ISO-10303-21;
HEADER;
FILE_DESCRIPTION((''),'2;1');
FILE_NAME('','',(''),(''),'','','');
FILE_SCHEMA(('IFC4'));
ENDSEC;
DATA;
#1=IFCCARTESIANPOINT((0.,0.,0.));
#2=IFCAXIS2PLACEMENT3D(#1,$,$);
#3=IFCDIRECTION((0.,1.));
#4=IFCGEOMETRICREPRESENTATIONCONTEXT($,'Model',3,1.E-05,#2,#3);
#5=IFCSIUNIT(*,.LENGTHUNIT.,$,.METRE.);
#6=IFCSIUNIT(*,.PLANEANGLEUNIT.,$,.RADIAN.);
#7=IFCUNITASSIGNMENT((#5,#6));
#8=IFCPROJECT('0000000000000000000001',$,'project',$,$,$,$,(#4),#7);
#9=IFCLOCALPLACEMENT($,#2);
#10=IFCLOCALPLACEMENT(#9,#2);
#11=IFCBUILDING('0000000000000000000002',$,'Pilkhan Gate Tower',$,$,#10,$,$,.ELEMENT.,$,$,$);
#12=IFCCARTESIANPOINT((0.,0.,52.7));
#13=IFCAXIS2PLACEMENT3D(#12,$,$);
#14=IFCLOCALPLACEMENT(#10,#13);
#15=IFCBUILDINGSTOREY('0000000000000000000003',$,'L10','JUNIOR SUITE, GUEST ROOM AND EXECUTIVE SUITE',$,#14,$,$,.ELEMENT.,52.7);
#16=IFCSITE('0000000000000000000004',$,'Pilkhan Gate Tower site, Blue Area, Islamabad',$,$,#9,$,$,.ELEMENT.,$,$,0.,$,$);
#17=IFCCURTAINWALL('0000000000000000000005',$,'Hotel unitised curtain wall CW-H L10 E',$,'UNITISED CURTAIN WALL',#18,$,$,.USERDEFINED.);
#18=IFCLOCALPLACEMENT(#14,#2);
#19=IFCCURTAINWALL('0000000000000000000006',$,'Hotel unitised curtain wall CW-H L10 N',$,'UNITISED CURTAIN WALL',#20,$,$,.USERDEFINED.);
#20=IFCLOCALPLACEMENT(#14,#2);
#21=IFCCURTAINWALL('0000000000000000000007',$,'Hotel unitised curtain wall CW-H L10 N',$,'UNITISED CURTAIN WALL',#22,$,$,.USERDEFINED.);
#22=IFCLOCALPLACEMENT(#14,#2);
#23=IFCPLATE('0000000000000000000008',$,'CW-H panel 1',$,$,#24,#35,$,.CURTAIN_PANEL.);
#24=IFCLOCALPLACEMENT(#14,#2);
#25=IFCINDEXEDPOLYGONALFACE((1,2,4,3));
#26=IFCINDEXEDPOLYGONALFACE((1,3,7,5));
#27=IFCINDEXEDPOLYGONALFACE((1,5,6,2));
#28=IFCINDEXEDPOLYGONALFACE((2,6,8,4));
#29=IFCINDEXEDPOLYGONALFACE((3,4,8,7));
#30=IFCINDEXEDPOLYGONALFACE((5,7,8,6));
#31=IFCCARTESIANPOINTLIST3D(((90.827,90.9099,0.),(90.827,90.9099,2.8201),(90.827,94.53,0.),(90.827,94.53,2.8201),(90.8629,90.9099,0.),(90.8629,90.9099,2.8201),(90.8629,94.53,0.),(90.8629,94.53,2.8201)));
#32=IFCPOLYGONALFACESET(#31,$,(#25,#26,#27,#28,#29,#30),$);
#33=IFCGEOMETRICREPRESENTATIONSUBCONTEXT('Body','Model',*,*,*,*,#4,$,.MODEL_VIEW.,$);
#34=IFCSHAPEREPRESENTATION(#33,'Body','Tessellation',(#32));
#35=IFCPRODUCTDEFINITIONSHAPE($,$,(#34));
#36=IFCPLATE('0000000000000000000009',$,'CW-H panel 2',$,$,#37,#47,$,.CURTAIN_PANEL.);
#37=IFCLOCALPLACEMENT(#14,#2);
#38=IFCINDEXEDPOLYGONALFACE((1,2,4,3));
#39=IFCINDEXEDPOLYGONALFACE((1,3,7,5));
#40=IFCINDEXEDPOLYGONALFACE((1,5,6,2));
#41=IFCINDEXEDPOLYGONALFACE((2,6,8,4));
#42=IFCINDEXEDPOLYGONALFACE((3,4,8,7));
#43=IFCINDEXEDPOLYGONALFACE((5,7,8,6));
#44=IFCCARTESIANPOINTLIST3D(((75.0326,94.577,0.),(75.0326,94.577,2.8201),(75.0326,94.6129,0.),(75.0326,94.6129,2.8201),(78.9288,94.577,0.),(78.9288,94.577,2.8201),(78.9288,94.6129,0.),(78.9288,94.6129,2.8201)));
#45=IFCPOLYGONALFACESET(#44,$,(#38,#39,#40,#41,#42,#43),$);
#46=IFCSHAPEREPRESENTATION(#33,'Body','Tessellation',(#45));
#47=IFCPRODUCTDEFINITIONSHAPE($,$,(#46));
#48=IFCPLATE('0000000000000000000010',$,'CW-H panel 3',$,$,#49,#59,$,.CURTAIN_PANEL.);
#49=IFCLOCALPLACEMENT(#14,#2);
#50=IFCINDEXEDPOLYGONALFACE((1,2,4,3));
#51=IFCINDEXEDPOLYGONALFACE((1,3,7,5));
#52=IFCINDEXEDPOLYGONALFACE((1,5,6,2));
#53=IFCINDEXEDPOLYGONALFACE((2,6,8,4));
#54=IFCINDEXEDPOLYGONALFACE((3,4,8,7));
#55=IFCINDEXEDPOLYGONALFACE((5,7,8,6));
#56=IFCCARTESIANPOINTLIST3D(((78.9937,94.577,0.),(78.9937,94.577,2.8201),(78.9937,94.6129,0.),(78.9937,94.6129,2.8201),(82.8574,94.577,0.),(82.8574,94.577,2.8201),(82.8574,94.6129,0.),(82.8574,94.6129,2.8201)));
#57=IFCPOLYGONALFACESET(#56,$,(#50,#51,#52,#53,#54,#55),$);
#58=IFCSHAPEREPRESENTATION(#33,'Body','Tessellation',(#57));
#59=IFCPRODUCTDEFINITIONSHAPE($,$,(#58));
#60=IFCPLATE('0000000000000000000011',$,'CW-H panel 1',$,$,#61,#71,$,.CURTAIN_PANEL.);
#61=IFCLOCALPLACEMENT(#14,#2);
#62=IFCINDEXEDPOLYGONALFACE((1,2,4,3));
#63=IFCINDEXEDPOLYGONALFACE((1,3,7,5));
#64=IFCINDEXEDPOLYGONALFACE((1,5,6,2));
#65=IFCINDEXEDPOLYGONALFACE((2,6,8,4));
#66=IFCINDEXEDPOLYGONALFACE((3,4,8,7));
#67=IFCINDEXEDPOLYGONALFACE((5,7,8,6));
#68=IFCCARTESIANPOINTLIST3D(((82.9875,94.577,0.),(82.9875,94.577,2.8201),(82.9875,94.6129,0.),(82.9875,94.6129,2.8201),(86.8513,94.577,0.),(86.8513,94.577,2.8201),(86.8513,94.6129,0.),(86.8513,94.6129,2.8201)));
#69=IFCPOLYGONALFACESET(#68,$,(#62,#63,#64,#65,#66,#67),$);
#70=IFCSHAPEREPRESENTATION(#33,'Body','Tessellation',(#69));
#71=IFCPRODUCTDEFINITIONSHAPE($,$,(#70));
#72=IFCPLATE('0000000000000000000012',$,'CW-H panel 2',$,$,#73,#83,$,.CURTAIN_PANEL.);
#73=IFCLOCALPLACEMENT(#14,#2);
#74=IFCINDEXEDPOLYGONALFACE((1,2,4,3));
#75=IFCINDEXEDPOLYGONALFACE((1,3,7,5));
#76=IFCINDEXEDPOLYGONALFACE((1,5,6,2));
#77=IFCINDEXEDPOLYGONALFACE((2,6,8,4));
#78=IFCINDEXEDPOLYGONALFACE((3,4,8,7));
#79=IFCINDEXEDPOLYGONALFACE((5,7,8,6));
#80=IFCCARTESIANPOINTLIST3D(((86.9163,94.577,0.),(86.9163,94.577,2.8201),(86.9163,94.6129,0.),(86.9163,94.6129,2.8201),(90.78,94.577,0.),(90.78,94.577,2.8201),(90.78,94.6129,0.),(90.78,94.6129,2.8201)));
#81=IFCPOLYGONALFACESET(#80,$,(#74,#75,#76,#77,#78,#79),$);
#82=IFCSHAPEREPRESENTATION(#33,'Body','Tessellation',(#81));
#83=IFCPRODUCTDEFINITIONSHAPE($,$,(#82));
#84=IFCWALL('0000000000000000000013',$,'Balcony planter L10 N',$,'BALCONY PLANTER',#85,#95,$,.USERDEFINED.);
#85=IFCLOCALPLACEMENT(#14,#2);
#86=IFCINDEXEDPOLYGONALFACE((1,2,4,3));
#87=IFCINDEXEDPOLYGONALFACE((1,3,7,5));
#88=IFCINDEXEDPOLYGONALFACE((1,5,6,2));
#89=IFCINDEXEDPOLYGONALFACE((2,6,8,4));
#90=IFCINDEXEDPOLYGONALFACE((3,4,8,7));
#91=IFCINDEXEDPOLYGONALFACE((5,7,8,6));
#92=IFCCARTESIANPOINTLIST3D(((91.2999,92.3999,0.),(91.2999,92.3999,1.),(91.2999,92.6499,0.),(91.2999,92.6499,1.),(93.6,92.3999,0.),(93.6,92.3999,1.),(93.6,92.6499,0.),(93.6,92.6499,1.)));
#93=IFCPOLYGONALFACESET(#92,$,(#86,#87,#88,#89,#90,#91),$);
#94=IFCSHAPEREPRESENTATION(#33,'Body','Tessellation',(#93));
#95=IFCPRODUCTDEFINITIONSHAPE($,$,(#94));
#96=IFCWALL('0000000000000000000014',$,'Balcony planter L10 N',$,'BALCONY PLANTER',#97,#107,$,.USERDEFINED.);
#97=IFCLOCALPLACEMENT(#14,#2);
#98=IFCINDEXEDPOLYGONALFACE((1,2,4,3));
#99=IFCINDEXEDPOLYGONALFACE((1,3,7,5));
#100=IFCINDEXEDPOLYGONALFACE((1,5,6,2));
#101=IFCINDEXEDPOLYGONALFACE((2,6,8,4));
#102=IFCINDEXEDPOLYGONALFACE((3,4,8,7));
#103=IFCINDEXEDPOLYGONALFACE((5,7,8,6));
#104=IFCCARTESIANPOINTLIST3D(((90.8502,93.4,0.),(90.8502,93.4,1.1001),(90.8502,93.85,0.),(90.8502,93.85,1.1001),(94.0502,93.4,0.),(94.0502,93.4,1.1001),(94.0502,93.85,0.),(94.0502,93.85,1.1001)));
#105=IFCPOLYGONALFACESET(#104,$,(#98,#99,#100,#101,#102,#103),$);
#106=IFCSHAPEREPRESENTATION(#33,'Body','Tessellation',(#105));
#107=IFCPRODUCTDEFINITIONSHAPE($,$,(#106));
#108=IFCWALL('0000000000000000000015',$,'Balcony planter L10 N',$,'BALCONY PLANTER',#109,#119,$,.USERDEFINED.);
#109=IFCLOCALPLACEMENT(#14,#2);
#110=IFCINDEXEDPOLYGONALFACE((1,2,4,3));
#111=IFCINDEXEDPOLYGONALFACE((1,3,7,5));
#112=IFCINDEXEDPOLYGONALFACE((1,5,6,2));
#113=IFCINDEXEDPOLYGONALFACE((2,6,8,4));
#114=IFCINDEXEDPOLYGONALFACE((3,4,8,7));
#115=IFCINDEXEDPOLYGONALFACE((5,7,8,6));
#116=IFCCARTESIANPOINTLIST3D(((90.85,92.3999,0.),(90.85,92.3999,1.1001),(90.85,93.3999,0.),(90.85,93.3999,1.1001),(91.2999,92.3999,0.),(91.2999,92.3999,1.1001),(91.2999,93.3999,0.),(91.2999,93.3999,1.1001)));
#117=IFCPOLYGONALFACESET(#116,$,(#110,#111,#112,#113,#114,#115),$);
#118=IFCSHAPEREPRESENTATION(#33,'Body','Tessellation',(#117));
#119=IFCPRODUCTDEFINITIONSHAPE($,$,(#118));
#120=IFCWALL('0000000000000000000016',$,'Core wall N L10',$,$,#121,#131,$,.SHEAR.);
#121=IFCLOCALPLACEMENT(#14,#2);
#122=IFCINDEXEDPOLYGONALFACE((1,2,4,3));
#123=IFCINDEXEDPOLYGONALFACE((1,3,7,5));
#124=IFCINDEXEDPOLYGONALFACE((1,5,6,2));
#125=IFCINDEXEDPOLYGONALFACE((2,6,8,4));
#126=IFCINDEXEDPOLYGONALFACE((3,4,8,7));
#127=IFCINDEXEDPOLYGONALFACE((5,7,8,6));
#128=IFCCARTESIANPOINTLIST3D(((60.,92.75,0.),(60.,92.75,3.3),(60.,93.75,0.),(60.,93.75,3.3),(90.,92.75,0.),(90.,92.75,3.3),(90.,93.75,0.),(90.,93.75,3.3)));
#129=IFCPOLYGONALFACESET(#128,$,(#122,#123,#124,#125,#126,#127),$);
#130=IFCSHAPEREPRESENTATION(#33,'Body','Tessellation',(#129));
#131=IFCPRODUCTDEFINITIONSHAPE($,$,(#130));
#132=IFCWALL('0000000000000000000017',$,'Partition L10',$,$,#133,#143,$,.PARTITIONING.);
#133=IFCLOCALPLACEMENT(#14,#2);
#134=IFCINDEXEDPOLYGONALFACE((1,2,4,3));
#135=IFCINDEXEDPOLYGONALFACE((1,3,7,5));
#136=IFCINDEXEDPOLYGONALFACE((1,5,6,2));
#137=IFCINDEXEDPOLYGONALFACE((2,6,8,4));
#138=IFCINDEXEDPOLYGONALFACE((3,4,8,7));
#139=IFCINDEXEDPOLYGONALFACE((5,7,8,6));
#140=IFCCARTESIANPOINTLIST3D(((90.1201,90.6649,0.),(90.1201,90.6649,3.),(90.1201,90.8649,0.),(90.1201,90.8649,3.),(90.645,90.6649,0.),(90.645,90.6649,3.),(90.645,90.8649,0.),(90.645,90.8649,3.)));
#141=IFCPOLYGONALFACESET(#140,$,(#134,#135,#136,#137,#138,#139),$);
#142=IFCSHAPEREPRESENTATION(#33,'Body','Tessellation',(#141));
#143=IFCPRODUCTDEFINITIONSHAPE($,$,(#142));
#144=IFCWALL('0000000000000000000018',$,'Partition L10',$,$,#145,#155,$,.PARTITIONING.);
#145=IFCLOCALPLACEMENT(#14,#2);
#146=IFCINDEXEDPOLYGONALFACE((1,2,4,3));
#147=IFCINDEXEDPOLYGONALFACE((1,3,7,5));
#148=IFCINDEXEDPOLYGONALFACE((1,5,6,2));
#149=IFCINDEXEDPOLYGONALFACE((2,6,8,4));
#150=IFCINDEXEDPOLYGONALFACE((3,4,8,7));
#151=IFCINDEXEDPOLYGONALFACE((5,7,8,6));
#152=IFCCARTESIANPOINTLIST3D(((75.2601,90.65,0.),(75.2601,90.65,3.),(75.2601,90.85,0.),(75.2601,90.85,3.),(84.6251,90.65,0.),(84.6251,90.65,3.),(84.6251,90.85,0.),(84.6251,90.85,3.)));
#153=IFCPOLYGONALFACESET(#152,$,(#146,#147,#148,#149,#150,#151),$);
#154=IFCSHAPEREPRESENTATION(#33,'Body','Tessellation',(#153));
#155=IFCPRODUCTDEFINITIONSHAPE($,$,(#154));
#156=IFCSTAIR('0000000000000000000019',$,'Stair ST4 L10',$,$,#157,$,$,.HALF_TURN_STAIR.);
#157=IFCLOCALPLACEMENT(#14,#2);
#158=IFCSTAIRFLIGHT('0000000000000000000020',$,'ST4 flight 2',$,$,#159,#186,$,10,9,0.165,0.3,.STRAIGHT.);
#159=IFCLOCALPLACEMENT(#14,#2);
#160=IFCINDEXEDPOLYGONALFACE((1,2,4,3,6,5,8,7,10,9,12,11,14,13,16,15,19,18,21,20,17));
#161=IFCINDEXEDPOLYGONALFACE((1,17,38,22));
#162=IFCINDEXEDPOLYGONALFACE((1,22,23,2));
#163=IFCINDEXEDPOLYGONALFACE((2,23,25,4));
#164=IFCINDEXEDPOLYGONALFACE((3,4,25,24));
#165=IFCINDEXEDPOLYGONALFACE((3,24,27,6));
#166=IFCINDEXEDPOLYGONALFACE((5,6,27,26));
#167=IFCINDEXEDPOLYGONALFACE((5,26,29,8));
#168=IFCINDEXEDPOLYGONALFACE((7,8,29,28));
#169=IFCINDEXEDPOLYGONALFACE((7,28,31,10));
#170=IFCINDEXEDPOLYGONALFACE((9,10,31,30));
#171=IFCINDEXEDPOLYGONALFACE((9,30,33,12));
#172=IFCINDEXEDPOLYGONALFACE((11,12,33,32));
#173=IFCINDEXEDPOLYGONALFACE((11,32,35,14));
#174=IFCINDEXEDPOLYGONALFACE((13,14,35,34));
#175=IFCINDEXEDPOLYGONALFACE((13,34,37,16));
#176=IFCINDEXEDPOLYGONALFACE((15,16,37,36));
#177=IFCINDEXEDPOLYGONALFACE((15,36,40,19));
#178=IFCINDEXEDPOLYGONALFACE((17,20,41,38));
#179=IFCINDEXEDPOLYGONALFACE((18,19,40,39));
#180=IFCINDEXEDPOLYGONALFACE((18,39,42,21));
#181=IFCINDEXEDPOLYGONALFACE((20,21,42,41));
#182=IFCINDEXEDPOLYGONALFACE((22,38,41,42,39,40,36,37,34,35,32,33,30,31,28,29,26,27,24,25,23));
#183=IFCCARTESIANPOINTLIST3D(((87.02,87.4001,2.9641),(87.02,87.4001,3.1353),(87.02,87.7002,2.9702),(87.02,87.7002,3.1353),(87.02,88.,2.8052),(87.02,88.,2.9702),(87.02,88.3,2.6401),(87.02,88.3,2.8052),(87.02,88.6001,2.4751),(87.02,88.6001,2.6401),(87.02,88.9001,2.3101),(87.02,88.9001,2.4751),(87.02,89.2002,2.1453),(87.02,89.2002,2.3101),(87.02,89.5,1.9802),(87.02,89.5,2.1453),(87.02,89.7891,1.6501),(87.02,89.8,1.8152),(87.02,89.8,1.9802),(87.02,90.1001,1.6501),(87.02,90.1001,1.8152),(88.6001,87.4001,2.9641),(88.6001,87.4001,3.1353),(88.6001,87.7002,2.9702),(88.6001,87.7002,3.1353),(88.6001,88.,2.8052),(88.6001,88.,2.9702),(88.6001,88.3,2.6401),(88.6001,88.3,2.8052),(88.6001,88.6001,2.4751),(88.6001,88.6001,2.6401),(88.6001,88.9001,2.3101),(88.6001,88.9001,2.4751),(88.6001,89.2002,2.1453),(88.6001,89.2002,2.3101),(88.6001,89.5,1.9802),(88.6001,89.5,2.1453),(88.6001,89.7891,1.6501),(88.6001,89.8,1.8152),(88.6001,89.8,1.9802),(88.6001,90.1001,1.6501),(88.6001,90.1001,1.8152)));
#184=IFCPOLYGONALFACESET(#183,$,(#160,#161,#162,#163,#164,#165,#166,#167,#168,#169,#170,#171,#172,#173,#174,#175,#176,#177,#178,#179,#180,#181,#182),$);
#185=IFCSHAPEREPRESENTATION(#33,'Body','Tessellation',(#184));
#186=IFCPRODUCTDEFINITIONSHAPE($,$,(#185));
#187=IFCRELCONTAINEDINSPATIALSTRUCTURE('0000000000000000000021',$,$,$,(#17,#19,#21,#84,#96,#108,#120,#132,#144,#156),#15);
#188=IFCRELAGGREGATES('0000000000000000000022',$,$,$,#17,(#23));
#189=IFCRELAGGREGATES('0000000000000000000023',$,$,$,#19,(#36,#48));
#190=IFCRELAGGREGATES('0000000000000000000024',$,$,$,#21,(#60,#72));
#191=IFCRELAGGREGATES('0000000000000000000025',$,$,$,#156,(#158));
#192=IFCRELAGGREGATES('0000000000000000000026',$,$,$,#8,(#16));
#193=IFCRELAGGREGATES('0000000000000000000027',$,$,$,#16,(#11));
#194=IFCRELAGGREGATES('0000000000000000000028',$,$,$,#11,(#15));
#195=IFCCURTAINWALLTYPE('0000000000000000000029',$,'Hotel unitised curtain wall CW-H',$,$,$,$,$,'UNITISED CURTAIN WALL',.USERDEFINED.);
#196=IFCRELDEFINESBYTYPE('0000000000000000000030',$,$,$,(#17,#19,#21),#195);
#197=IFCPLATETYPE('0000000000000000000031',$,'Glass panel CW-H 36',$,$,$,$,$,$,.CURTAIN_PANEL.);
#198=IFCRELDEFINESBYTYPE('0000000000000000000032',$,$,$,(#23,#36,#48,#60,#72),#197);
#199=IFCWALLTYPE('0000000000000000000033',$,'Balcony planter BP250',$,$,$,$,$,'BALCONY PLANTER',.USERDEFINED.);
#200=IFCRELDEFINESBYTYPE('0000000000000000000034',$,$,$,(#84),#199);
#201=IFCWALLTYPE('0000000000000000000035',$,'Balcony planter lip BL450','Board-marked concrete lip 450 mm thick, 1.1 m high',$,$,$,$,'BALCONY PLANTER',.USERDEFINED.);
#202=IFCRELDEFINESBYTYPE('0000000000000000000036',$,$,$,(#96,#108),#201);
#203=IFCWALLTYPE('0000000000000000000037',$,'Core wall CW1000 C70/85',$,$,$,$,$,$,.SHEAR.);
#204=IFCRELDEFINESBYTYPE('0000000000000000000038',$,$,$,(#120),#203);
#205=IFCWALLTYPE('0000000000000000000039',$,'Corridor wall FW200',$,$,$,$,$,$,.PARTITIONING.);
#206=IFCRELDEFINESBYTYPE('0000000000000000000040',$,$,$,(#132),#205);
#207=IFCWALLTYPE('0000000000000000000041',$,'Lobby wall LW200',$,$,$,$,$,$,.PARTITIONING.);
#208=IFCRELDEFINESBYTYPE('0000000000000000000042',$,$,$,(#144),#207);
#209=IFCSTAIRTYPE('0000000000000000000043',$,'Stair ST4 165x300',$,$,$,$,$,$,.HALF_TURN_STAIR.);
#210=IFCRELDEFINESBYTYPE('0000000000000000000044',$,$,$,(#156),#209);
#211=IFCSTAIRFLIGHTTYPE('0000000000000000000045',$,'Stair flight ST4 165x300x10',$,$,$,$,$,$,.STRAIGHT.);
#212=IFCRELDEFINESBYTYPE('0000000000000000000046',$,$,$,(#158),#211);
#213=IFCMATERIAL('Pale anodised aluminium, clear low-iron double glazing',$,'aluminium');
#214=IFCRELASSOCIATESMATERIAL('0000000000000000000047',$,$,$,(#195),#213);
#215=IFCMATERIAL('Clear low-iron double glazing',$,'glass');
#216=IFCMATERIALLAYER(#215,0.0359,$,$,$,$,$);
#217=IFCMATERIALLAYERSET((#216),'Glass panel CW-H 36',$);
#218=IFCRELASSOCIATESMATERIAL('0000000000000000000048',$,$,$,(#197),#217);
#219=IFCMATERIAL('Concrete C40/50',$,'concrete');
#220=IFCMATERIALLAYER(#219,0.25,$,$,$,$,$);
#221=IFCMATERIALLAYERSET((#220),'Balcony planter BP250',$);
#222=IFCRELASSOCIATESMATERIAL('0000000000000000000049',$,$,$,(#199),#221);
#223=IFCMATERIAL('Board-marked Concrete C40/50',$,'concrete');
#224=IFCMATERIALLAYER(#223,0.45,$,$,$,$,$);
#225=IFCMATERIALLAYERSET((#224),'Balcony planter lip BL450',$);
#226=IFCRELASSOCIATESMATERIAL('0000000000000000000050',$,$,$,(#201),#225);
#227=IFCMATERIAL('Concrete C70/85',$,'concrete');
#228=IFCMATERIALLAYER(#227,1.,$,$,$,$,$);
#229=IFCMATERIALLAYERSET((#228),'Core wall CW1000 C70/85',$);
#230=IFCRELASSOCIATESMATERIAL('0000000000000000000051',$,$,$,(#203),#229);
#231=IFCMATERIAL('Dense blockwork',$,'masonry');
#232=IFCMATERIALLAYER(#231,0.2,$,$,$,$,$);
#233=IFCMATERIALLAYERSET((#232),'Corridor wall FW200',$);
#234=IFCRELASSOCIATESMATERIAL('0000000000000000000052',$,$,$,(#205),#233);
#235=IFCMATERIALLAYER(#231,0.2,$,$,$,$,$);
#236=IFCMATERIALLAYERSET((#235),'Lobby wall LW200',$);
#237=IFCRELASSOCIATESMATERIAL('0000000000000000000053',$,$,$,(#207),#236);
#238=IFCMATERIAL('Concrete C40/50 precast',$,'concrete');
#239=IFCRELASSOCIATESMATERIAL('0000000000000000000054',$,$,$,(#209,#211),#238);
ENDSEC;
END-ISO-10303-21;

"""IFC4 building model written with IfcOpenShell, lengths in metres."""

from ifc_helpers import new_model, si_unit, direction, frame, frame_2d, origin, origin_2d, place, context, subcontext, project, spatial, polyline, rectangle, outline, extrude, material, layer, layer_set, type_object, element, aggregate, save


model = new_model("IFC4")

# Units and contexts
model_context = context("Model", 3, precision=1e-05, world=origin(), true_north=direction((0.0, 1.0)))
body_context = subcontext(model_context, "Body", "Model", "MODEL_VIEW")
ifc_project = project(units=[si_unit("LENGTHUNIT", "METRE"), si_unit("PLANEANGLEUNIT", "RADIAN")], contexts=[model_context])

# Site, building, storey
site_placement = place(None, origin())
site = spatial("IfcSite", under=ifc_project, at=site_placement, Name="Pilkhan Gate Tower site, Blue Area, Islamabad", CompositionType="ELEMENT", RefElevation=0.0)
building_placement = place(site_placement, origin())
building = spatial("IfcBuilding", under=site, at=building_placement, Name="Pilkhan Gate Tower", CompositionType="ELEMENT")
storey_placement = place(building_placement, frame((0.0, 0.0, 52.7)))
storey = spatial("IfcBuildingStorey", under=building, at=storey_placement, Name="L10", Description="JUNIOR SUITE, GUEST ROOM AND EXECUTIVE SUITE", CompositionType="ELEMENT", Elevation=52.7)

# Curtain walls
ifc_material_1 = material(Name="Pale anodised aluminium, clear low-iron double glazing", Category="aluminium")
curtain_wall_type = type_object("IfcCurtainWallType", Name="Hotel unitised curtain wall CW-H", ElementType="UNITISED CURTAIN WALL", PredefinedType="USERDEFINED", material=ifc_material_1)
curtain_wall_1_placement = place(storey_placement, origin())
curtain_wall_1 = element("IfcCurtainWall", 1, at=curtain_wall_1_placement, inside=storey, type_object=curtain_wall_type, Name="Hotel unitised curtain wall CW-H L10 E", ObjectType="UNITISED CURTAIN WALL", PredefinedType="USERDEFINED")
curtain_wall_2_placement = place(storey_placement, origin())
curtain_wall_2 = element("IfcCurtainWall", 2, at=curtain_wall_2_placement, inside=storey, type_object=curtain_wall_type, Name="Hotel unitised curtain wall CW-H L10 N", ObjectType="UNITISED CURTAIN WALL", PredefinedType="USERDEFINED")
curtain_wall_3_placement = place(storey_placement, origin())
curtain_wall_3 = element("IfcCurtainWall", 3, at=curtain_wall_3_placement, inside=storey, type_object=curtain_wall_type, Name="Hotel unitised curtain wall CW-H L10 N", ObjectType="UNITISED CURTAIN WALL", PredefinedType="USERDEFINED")

# Plates
ifc_material_2 = material(Name="Clear low-iron double glazing", Category="glass")
ifc_layer_1 = layer(ifc_material_2, 0.0359)
ifc_layer_set_1 = layer_set([ifc_layer_1], Name="Glass panel CW-H 36")
plate_type = type_object("IfcPlateType", Name="Glass panel CW-H 36", PredefinedType="CURTAIN_PANEL", material=ifc_layer_set_1)
plate_1_placement = place(storey_placement, frame((90.845, 92.72, 0.0), z_axis=(0.0, 0.0, 1.0), x_axis=(0.0, 1.0, 0.0)))
plate_1 = element("IfcPlate", 4, at=plate_1_placement, type_object=plate_type, Name="CW-H panel 1", PredefinedType="CURTAIN_PANEL", context=body_context, shape_type="SweptSolid", body=[
    extrude(rectangle(XDim=3.6201, YDim=0.0359, at=origin_2d()), origin(), (0.0, 0.0, 1.0), 2.8201),
])
aggregate(curtain_wall_1, [plate_1])
plate_2_placement = place(storey_placement, frame((76.9807, 94.595, 0.0), z_axis=(0.0, 0.0, 1.0), x_axis=(1.0, 0.0, 0.0)))
plate_2 = element("IfcPlate", 5, at=plate_2_placement, type_object=plate_type, Name="CW-H panel 2", PredefinedType="CURTAIN_PANEL", context=body_context, shape_type="SweptSolid", body=[
    extrude(rectangle(XDim=3.8962, YDim=0.0359, at=origin_2d()), origin(), (0.0, 0.0, 1.0), 2.8201),
])
plate_3_placement = place(storey_placement, frame((80.9255, 94.595, 0.0), z_axis=(0.0, 0.0, 1.0), x_axis=(1.0, 0.0, 0.0)))
plate_3 = element("IfcPlate", 6, at=plate_3_placement, type_object=plate_type, Name="CW-H panel 3", PredefinedType="CURTAIN_PANEL", context=body_context, shape_type="SweptSolid", body=[
    extrude(rectangle(XDim=3.8638, YDim=0.0359, at=origin_2d()), origin(), (0.0, 0.0, 1.0), 2.8201),
])
aggregate(curtain_wall_2, [plate_2, plate_3])
plate_4_placement = place(storey_placement, frame((84.9194, 94.595, 0.0), z_axis=(0.0, 0.0, 1.0), x_axis=(1.0, 0.0, 0.0)))
plate_4 = element("IfcPlate", 7, at=plate_4_placement, type_object=plate_type, Name="CW-H panel 1", PredefinedType="CURTAIN_PANEL", context=body_context, shape_type="SweptSolid", body=[
    extrude(rectangle(XDim=3.8638, YDim=0.0359, at=origin_2d()), origin(), (0.0, 0.0, 1.0), 2.8201),
])
plate_5_placement = place(storey_placement, frame((88.8481, 94.595, 0.0), z_axis=(0.0, 0.0, 1.0), x_axis=(1.0, 0.0, 0.0)))
plate_5 = element("IfcPlate", 8, at=plate_5_placement, type_object=plate_type, Name="CW-H panel 2", PredefinedType="CURTAIN_PANEL", context=body_context, shape_type="SweptSolid", body=[
    extrude(rectangle(XDim=3.8638, YDim=0.0359, at=origin_2d()), origin(), (0.0, 0.0, 1.0), 2.8201),
])
aggregate(curtain_wall_3, [plate_4, plate_5])

# Walls
ifc_material_3 = material(Name="Concrete C40/50", Category="concrete")
ifc_layer_2 = layer(ifc_material_3, 0.25)
ifc_layer_set_2 = layer_set([ifc_layer_2], Name="Balcony planter BP250")
wall_type_1 = type_object("IfcWallType", Name="Balcony planter BP250", ElementType="BALCONY PLANTER", PredefinedType="USERDEFINED", material=ifc_layer_set_2)
wall_1_placement = place(storey_placement, frame((91.3, 92.5249, 0.0), z_axis=(0.0, 0.0, 1.0), x_axis=(1.0, 0.0, 0.0)))
element("IfcWall", 9, at=wall_1_placement, inside=storey, type_object=wall_type_1, Name="Balcony planter L10 N", ObjectType="BALCONY PLANTER", PredefinedType="USERDEFINED", context=body_context, shape_type="SweptSolid", body=[
    extrude(rectangle(XDim=2.3, YDim=0.25, at=frame_2d((1.1499, 0.0))), origin(), (0.0, 0.0, 1.0), 1.0),
])
ifc_material_4 = material(Name="Board-marked Concrete C40/50", Category="concrete")
ifc_layer_3 = layer(ifc_material_4, 0.45)
ifc_layer_set_3 = layer_set([ifc_layer_3], Name="Balcony planter lip BL450")
wall_type_2 = type_object("IfcWallType", Name="Balcony planter lip BL450", Description="Board-marked concrete lip 450 mm thick, 1.1 m high", ElementType="BALCONY PLANTER", PredefinedType="USERDEFINED", material=ifc_layer_set_3)
wall_2_placement = place(storey_placement, frame((90.8501, 93.625, 0.0), z_axis=(0.0, 0.0, 1.0), x_axis=(1.0, 0.0, 0.0)))
element("IfcWall", 10, at=wall_2_placement, inside=storey, type_object=wall_type_2, Name="Balcony planter L10 N", ObjectType="BALCONY PLANTER", PredefinedType="USERDEFINED", context=body_context, shape_type="SweptSolid", body=[
    extrude(rectangle(XDim=3.2, YDim=0.45, at=frame_2d((1.6001, 0.0))), origin(), (0.0, 0.0, 1.0), 1.1001),
])
wall_3_placement = place(storey_placement, frame((91.075, 92.3999, 0.0), z_axis=(0.0, 0.0, 1.0), x_axis=(0.0, 1.0, 0.0)))
element("IfcWall", 11, at=wall_3_placement, inside=storey, type_object=wall_type_2, Name="Balcony planter L10 N", ObjectType="BALCONY PLANTER", PredefinedType="USERDEFINED", context=body_context, shape_type="SweptSolid", body=[
    extrude(rectangle(XDim=1.0, YDim=0.45, at=frame_2d((0.5, 0.0))), origin(), (0.0, 0.0, 1.0), 1.1001),
])
ifc_material_5 = material(Name="Concrete C70/85", Category="concrete")
ifc_layer_4 = layer(ifc_material_5, 1.0)
ifc_layer_set_4 = layer_set([ifc_layer_4], Name="Core wall CW1000 C70/85")
wall_type_3 = type_object("IfcWallType", Name="Core wall CW1000 C70/85", PredefinedType="SHEAR", material=ifc_layer_set_4)
wall_4_placement = place(storey_placement, frame((90.0, 93.25, 0.0), z_axis=(0.0, 0.0, 1.0), x_axis=(-1.0, 0.0, 0.0)))
element("IfcWall", 12, at=wall_4_placement, inside=storey, type_object=wall_type_3, Name="Core wall N L10", PredefinedType="SHEAR", context=body_context, shape_type="SweptSolid", body=[
    extrude(rectangle(XDim=30.0, YDim=1.0, at=frame_2d((15.0, 0.0))), origin(), (0.0, 0.0, 1.0), 3.3),
])
ifc_material_6 = material(Name="Dense blockwork", Category="masonry")
ifc_layer_5 = layer(ifc_material_6, 0.2)
ifc_layer_set_5 = layer_set([ifc_layer_5], Name="Corridor wall FW200")
wall_type_4 = type_object("IfcWallType", Name="Corridor wall FW200", PredefinedType="PARTITIONING", material=ifc_layer_set_5)
wall_5_placement = place(storey_placement, frame((90.1201, 90.7649, 0.0), z_axis=(0.0, 0.0, 1.0), x_axis=(1.0, 0.0, 0.0)))
element("IfcWall", 13, at=wall_5_placement, inside=storey, type_object=wall_type_4, Name="Partition L10", PredefinedType="PARTITIONING", context=body_context, shape_type="SweptSolid", body=[
    extrude(rectangle(XDim=0.5249, YDim=0.2, at=frame_2d((0.2625, 0.0))), origin(), (0.0, 0.0, 1.0), 3.0),
])

# Wall
ifc_layer_6 = layer(ifc_material_6, 0.2)
ifc_layer_set_6 = layer_set([ifc_layer_6], Name="Lobby wall LW200")
wall_type_5 = type_object("IfcWallType", Name="Lobby wall LW200", PredefinedType="PARTITIONING", material=ifc_layer_set_6)
wall_6_placement = place(storey_placement, frame((75.26, 90.75, 0.0), z_axis=(0.0, 0.0, 1.0), x_axis=(1.0, 0.0, 0.0)))
element("IfcWall", 14, at=wall_6_placement, inside=storey, type_object=wall_type_5, Name="Partition L10", PredefinedType="PARTITIONING", context=body_context, shape_type="SweptSolid", body=[
    extrude(rectangle(XDim=9.365, YDim=0.2, at=frame_2d((4.6826, 0.0))), origin(), (0.0, 0.0, 1.0), 3.0),
])

# Stair, stair flight
ifc_material_7 = material(Name="Concrete C40/50 precast", Category="concrete")
stair_type = type_object("IfcStairType", Name="Stair ST4 165x300", PredefinedType="HALF_TURN_STAIR", material=ifc_material_7)
stair_placement = place(storey_placement, origin())
stair = element("IfcStair", 15, at=stair_placement, inside=storey, type_object=stair_type, Name="Stair ST4 L10", PredefinedType="HALF_TURN_STAIR")
stair_flight_type = type_object("IfcStairFlightType", Name="Stair flight ST4 165x300x10", PredefinedType="STRAIGHT", material=ifc_material_7)
stair_flight_placement = place(storey_placement, frame((87.8101, 90.1001, 1.6501), z_axis=(0.0, 0.0, 1.0), x_axis=(0.0, -1.0, 0.0)))
stair_flight = element("IfcStairFlight", 16, at=stair_flight_placement, type_object=stair_flight_type, Name="ST4 flight 2", NumberOfRisers=10, NumberOfTreads=9, PredefinedType="STRAIGHT", RiserHeight=0.165, TreadLength=0.3, context=body_context, shape_type="SweptSolid", body=[
    extrude(outline(polyline([(0.0, 0.0), (0.0, 0.165), (0.3, 0.165), (0.3, 0.3301), (0.6001, 0.3301), (0.6001, 0.4951), (0.8999, 0.4951), (0.8999, 0.6599), (1.2, 0.6599), (1.2, 0.825), (1.5, 0.825), (1.5, 0.99), (1.8, 0.99), (1.8, 1.155), (2.1001, 1.155), (2.1001, 1.3201), (2.3999, 1.3201), (2.3999, 1.4851), (2.7, 1.4851), (2.7, 1.6499), (2.7, 1.314), (0.311, 0.0), (0.0, 0.0)])), frame((0.0, 0.79, 0.0), z_axis=(0.0, -1.0, 0.0), x_axis=(1.0, 0.0, 0.0)), (0.0, 0.0, 1.0), 1.5801),
])
aggregate(stair, [stair_flight])

save(model, "model.ifc")
